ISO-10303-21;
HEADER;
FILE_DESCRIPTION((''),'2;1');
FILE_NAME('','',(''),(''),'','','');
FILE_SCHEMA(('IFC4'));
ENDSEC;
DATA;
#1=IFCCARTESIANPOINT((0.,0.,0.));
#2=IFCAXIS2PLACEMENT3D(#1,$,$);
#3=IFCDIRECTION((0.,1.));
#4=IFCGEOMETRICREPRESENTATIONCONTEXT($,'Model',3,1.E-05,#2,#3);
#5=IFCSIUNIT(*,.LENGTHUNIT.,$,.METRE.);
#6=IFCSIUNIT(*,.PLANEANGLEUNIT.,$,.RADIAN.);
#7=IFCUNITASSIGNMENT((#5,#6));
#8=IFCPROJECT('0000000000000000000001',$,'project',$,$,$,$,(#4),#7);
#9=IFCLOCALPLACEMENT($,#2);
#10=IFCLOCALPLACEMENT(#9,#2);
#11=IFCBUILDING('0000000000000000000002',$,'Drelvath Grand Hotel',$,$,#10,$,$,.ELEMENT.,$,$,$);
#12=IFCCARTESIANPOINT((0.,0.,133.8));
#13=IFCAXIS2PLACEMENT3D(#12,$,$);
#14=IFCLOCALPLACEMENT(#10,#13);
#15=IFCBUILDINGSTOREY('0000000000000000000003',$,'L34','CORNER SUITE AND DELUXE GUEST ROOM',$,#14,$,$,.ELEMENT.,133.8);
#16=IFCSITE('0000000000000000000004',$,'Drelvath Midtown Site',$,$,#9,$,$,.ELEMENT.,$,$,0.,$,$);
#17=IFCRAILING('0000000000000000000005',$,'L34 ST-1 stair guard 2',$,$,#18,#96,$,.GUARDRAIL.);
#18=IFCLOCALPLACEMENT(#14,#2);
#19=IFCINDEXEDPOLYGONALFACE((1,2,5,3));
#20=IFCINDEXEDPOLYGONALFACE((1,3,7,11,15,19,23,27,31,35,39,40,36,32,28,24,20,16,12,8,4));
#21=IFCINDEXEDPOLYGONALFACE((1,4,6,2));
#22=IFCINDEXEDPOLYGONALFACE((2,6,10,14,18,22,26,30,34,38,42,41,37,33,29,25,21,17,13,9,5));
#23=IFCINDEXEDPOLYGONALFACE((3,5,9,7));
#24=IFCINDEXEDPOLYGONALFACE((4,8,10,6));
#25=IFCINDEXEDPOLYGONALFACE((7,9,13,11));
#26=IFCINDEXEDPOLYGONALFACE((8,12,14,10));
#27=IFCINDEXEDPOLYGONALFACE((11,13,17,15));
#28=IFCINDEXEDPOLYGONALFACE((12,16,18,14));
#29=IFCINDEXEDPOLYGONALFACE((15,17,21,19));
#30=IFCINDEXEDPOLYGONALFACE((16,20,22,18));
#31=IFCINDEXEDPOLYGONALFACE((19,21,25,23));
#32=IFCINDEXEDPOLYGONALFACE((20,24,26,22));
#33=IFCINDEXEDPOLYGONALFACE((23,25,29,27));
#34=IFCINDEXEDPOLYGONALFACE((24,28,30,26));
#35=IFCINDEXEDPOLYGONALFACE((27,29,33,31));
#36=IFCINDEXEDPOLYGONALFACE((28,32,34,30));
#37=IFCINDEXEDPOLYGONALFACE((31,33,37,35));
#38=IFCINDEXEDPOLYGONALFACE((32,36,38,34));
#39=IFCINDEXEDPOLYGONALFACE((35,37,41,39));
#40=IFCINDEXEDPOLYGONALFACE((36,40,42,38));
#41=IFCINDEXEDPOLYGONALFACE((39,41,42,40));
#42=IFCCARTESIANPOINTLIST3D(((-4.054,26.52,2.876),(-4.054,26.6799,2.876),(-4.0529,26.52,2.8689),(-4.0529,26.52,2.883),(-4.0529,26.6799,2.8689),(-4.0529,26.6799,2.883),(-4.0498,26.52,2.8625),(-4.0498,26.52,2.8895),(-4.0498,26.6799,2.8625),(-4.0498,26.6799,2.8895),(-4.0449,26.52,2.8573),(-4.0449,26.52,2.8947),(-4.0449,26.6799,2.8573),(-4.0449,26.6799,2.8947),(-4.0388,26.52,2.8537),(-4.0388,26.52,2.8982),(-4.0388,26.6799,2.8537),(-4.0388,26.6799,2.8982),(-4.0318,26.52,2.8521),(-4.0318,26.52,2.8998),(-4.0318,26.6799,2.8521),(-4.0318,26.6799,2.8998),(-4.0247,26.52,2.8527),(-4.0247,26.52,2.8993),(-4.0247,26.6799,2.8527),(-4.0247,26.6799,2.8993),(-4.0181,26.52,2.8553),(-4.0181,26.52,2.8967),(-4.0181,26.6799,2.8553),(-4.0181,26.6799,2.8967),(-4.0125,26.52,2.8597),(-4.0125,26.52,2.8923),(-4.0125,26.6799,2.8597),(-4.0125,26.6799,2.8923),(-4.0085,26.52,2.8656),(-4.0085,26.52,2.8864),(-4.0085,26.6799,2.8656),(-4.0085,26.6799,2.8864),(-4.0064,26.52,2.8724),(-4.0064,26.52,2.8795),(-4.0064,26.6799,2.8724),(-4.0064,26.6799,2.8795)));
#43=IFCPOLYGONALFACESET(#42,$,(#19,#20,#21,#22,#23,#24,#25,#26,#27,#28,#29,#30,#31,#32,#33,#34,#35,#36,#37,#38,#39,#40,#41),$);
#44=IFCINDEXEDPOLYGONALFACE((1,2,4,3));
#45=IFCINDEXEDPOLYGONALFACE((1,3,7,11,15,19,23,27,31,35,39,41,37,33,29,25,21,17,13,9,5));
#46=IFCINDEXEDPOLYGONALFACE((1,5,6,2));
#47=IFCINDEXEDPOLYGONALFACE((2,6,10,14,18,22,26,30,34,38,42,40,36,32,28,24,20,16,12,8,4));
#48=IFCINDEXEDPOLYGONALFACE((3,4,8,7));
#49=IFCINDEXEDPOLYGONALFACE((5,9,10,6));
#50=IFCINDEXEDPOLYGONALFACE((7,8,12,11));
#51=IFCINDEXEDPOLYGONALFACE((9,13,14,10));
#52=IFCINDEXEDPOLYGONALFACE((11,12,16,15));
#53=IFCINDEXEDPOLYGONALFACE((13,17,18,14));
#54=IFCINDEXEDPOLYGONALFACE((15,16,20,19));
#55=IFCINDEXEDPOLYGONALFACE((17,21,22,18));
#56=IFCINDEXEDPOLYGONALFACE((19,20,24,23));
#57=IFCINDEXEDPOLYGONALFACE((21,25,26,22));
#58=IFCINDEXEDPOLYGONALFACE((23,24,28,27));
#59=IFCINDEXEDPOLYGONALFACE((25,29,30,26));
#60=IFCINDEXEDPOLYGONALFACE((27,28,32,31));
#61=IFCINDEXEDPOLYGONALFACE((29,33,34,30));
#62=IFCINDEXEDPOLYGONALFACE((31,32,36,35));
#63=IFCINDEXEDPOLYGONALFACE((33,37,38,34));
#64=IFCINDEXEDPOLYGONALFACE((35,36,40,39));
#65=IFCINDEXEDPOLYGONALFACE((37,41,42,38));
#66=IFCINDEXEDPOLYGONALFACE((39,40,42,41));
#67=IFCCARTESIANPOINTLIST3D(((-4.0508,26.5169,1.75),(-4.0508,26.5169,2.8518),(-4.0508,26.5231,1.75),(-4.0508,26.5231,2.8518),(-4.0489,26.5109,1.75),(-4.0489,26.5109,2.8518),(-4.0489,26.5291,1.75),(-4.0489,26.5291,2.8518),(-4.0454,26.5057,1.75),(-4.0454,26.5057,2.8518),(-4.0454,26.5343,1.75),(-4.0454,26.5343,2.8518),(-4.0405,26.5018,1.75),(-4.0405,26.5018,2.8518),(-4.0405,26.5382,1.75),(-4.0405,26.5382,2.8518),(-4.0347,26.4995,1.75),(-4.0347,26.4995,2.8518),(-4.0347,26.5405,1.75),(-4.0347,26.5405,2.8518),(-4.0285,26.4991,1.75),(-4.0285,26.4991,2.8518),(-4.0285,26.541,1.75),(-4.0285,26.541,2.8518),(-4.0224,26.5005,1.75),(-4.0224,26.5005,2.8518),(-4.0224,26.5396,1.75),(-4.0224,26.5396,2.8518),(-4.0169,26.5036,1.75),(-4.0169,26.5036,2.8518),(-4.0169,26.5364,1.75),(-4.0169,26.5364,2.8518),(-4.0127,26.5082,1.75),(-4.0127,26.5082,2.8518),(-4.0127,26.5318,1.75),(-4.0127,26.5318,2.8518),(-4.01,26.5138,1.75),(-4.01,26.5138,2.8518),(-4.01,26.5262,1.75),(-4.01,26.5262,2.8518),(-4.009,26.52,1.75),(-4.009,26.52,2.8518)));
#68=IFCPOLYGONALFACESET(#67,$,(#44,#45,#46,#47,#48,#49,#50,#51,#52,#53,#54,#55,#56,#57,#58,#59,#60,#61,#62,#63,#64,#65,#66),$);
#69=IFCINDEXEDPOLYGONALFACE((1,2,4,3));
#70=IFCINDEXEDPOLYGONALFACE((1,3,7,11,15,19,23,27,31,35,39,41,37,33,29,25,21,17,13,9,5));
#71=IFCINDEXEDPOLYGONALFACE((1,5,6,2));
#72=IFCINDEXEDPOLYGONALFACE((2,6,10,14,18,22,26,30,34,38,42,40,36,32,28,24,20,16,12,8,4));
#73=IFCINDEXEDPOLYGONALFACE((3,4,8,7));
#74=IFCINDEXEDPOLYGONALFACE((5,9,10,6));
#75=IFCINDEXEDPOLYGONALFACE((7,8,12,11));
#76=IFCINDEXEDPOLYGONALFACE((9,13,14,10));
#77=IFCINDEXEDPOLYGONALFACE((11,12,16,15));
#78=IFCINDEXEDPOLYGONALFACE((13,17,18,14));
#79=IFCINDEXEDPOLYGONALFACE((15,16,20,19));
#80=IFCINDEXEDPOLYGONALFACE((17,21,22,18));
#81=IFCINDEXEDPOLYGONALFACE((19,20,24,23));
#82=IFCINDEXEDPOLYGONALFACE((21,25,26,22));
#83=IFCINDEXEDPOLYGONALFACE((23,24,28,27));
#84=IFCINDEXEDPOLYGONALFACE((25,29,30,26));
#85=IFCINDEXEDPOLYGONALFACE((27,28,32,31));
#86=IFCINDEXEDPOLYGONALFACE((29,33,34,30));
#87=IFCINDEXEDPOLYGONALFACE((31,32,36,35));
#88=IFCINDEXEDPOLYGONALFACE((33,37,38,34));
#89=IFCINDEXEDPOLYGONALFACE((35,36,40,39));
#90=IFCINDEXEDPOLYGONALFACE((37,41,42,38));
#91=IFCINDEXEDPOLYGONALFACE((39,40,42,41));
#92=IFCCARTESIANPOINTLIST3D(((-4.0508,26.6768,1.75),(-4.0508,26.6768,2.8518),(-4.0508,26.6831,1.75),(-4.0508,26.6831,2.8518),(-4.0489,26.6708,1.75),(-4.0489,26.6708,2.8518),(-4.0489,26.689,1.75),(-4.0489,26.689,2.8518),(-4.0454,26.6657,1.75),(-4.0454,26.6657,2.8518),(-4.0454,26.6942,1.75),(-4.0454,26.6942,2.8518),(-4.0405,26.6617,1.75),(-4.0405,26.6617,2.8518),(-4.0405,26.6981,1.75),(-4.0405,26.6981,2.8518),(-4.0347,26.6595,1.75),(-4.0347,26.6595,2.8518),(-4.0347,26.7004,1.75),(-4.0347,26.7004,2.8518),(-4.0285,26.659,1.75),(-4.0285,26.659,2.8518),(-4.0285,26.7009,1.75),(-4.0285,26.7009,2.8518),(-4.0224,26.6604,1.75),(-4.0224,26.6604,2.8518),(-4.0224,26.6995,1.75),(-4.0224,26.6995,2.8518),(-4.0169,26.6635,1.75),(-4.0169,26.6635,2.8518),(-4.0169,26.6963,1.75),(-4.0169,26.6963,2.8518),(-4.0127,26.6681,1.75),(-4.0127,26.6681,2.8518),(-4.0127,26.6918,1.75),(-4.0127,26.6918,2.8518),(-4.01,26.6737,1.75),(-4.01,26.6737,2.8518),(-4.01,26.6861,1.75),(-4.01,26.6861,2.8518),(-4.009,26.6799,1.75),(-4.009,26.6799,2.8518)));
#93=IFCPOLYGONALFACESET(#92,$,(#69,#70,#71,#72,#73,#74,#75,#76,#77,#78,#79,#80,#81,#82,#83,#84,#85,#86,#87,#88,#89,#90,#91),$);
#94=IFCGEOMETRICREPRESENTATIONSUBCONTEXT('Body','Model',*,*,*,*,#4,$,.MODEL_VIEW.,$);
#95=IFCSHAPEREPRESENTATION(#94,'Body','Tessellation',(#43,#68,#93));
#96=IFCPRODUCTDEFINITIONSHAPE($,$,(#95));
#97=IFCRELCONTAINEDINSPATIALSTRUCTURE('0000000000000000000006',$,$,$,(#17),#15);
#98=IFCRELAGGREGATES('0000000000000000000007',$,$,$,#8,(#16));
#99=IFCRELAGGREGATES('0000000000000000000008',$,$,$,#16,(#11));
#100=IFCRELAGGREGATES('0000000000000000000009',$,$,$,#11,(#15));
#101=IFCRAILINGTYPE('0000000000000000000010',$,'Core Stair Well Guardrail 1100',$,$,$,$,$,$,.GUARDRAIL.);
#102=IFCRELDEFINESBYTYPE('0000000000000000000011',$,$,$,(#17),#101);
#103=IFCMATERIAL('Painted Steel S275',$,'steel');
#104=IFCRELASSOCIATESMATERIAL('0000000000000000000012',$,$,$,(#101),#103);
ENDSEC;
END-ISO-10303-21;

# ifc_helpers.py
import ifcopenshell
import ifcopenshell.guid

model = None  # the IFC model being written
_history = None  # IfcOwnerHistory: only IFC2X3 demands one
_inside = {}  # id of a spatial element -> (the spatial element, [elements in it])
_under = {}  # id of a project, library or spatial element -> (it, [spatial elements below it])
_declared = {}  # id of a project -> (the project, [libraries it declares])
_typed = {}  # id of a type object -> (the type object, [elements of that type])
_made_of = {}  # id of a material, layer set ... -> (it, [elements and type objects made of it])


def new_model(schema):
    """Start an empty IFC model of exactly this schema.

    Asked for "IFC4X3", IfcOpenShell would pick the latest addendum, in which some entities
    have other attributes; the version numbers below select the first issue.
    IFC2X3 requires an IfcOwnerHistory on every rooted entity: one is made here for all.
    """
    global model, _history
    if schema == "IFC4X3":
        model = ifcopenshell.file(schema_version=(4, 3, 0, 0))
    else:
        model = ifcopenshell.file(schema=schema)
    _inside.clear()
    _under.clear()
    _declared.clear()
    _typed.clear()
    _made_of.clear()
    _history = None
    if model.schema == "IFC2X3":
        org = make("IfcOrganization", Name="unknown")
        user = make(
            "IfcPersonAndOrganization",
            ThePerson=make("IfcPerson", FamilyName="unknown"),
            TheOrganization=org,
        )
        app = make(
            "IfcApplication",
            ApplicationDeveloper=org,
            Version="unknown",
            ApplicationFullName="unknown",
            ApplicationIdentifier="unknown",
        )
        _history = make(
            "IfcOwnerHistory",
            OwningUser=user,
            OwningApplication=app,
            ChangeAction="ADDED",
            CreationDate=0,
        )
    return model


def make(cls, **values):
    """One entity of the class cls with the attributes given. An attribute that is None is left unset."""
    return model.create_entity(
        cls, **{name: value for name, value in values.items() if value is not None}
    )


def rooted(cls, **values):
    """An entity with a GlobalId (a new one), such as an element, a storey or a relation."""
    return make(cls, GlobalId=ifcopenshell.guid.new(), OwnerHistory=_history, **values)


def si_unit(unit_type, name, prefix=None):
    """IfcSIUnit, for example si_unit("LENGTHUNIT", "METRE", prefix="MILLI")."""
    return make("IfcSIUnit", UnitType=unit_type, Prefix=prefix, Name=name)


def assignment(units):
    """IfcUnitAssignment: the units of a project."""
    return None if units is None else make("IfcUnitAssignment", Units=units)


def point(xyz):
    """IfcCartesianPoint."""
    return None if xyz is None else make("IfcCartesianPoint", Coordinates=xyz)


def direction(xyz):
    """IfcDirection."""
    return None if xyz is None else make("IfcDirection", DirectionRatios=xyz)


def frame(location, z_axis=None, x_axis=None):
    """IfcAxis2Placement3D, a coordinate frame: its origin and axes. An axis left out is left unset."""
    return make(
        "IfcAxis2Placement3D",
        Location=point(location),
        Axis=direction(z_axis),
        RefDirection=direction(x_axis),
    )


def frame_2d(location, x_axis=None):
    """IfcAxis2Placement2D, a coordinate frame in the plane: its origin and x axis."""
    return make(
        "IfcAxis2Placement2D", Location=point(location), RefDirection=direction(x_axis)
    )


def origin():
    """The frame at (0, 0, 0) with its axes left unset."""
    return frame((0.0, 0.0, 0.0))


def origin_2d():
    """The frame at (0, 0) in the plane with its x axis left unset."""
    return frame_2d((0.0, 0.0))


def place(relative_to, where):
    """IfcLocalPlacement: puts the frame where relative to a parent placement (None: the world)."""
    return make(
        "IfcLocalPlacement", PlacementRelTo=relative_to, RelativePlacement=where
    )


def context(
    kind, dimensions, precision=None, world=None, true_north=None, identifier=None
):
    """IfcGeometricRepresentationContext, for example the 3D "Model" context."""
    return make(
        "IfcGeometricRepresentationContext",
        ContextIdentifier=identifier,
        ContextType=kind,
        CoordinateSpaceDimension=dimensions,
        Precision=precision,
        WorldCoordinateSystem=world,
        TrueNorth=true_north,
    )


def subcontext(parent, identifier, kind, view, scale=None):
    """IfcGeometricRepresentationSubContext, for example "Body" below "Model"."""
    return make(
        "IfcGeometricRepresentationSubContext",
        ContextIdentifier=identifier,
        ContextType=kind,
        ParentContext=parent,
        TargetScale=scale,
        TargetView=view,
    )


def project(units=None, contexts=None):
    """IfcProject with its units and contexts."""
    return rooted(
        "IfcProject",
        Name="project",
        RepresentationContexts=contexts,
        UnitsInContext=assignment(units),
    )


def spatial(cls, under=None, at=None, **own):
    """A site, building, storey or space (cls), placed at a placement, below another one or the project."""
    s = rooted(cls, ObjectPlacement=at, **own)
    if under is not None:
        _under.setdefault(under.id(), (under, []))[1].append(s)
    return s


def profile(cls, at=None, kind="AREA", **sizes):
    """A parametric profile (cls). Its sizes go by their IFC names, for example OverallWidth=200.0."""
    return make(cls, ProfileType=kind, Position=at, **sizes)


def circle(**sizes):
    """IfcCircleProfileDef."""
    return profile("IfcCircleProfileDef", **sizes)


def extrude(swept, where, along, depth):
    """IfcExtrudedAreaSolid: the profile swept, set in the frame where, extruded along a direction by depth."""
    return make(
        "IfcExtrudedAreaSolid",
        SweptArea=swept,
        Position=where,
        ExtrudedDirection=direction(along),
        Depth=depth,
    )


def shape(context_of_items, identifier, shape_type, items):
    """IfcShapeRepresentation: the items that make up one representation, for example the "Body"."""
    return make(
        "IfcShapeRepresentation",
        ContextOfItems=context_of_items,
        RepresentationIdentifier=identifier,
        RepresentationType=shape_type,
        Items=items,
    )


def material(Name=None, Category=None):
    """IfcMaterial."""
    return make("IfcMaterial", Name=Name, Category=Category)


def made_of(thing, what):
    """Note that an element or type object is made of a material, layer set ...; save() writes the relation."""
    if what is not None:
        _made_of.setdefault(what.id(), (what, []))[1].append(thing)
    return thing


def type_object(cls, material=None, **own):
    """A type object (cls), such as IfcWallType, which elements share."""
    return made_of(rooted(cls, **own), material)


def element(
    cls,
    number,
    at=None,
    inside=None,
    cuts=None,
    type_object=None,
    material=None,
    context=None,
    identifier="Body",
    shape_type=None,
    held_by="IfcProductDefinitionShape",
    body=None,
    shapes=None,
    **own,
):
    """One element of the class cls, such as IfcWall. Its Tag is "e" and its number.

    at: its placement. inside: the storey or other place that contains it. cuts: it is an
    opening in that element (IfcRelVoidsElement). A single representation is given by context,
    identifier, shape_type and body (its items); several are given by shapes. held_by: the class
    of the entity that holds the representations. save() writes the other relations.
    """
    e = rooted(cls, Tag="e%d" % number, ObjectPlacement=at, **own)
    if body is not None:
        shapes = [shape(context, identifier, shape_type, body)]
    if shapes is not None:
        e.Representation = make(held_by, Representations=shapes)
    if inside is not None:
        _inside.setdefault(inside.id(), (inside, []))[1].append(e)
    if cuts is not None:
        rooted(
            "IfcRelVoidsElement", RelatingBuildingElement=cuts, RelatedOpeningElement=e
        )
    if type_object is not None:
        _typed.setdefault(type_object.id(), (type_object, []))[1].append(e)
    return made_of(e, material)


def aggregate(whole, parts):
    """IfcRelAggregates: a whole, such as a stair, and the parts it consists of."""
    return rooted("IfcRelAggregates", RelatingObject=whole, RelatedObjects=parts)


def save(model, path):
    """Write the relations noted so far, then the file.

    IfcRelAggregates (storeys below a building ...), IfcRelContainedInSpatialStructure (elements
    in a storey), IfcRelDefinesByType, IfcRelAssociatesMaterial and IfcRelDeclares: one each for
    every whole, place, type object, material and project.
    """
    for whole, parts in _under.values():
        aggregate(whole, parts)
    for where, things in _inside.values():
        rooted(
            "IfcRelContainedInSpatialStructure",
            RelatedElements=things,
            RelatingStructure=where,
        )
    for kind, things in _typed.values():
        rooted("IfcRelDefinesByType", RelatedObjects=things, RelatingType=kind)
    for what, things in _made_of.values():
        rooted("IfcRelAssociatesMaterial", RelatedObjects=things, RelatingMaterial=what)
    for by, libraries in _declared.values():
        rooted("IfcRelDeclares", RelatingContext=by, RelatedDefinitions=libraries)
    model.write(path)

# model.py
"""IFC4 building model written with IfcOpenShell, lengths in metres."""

from ifc_helpers import new_model, si_unit, direction, frame, origin, origin_2d, place, context, subcontext, project, spatial, circle, extrude, material, type_object, element, save


model = new_model("IFC4")

# Units and contexts
model_context = context("Model", 3, precision=1e-05, world=origin(), true_north=direction((0.0, 1.0)))
body_context = subcontext(model_context, "Body", "Model", "MODEL_VIEW")
ifc_project = project(units=[si_unit("LENGTHUNIT", "METRE"), si_unit("PLANEANGLEUNIT", "RADIAN")], contexts=[model_context])

# Site, building, storey
site_placement = place(None, origin())
site = spatial("IfcSite", under=ifc_project, at=site_placement, Name="Drelvath Midtown Site", CompositionType="ELEMENT", RefElevation=0.0)
building_placement = place(site_placement, origin())
building = spatial("IfcBuilding", under=site, at=building_placement, Name="Drelvath Grand Hotel", CompositionType="ELEMENT")
storey_placement = place(building_placement, frame((0.0, 0.0, 133.8)))
storey = spatial("IfcBuildingStorey", under=building, at=storey_placement, Name="L34", Description="CORNER SUITE AND DELUXE GUEST ROOM", CompositionType="ELEMENT", Elevation=133.8)

# Railing
ifc_material_1 = material(Name="Painted Steel S275", Category="steel")
railing_type_1 = type_object("IfcRailingType", Name="Core Stair Well Guardrail 1100", PredefinedType="GUARDRAIL", material=ifc_material_1)
railing_1_placement = place(storey_placement, frame((-4.03, 26.52, 1.75)))
element("IfcRailing", 1, at=railing_1_placement, inside=storey, type_object=railing_type_1, Name="L34 ST-1 stair guard 2", PredefinedType="GUARDRAIL", context=body_context, shape_type="SweptSolid", body=[
    extrude(circle(Radius=0.0239, at=origin_2d()), frame((0.0, 0.0, 1.126), z_axis=(0.0, 1.0, 0.0), x_axis=(-1.0, 0.0, 0.0)), (0.0, 0.0, 1.0), 0.1599),
    extrude(circle(Radius=0.021, at=origin_2d()), origin(), (0.0, 0.0, 1.0), 1.1018),
    extrude(circle(Radius=0.021, at=origin_2d()), frame((0.0, 0.1599, 0.0)), (0.0, 0.0, 1.0), 1.1018),
])

save(model, "model.ifc")
